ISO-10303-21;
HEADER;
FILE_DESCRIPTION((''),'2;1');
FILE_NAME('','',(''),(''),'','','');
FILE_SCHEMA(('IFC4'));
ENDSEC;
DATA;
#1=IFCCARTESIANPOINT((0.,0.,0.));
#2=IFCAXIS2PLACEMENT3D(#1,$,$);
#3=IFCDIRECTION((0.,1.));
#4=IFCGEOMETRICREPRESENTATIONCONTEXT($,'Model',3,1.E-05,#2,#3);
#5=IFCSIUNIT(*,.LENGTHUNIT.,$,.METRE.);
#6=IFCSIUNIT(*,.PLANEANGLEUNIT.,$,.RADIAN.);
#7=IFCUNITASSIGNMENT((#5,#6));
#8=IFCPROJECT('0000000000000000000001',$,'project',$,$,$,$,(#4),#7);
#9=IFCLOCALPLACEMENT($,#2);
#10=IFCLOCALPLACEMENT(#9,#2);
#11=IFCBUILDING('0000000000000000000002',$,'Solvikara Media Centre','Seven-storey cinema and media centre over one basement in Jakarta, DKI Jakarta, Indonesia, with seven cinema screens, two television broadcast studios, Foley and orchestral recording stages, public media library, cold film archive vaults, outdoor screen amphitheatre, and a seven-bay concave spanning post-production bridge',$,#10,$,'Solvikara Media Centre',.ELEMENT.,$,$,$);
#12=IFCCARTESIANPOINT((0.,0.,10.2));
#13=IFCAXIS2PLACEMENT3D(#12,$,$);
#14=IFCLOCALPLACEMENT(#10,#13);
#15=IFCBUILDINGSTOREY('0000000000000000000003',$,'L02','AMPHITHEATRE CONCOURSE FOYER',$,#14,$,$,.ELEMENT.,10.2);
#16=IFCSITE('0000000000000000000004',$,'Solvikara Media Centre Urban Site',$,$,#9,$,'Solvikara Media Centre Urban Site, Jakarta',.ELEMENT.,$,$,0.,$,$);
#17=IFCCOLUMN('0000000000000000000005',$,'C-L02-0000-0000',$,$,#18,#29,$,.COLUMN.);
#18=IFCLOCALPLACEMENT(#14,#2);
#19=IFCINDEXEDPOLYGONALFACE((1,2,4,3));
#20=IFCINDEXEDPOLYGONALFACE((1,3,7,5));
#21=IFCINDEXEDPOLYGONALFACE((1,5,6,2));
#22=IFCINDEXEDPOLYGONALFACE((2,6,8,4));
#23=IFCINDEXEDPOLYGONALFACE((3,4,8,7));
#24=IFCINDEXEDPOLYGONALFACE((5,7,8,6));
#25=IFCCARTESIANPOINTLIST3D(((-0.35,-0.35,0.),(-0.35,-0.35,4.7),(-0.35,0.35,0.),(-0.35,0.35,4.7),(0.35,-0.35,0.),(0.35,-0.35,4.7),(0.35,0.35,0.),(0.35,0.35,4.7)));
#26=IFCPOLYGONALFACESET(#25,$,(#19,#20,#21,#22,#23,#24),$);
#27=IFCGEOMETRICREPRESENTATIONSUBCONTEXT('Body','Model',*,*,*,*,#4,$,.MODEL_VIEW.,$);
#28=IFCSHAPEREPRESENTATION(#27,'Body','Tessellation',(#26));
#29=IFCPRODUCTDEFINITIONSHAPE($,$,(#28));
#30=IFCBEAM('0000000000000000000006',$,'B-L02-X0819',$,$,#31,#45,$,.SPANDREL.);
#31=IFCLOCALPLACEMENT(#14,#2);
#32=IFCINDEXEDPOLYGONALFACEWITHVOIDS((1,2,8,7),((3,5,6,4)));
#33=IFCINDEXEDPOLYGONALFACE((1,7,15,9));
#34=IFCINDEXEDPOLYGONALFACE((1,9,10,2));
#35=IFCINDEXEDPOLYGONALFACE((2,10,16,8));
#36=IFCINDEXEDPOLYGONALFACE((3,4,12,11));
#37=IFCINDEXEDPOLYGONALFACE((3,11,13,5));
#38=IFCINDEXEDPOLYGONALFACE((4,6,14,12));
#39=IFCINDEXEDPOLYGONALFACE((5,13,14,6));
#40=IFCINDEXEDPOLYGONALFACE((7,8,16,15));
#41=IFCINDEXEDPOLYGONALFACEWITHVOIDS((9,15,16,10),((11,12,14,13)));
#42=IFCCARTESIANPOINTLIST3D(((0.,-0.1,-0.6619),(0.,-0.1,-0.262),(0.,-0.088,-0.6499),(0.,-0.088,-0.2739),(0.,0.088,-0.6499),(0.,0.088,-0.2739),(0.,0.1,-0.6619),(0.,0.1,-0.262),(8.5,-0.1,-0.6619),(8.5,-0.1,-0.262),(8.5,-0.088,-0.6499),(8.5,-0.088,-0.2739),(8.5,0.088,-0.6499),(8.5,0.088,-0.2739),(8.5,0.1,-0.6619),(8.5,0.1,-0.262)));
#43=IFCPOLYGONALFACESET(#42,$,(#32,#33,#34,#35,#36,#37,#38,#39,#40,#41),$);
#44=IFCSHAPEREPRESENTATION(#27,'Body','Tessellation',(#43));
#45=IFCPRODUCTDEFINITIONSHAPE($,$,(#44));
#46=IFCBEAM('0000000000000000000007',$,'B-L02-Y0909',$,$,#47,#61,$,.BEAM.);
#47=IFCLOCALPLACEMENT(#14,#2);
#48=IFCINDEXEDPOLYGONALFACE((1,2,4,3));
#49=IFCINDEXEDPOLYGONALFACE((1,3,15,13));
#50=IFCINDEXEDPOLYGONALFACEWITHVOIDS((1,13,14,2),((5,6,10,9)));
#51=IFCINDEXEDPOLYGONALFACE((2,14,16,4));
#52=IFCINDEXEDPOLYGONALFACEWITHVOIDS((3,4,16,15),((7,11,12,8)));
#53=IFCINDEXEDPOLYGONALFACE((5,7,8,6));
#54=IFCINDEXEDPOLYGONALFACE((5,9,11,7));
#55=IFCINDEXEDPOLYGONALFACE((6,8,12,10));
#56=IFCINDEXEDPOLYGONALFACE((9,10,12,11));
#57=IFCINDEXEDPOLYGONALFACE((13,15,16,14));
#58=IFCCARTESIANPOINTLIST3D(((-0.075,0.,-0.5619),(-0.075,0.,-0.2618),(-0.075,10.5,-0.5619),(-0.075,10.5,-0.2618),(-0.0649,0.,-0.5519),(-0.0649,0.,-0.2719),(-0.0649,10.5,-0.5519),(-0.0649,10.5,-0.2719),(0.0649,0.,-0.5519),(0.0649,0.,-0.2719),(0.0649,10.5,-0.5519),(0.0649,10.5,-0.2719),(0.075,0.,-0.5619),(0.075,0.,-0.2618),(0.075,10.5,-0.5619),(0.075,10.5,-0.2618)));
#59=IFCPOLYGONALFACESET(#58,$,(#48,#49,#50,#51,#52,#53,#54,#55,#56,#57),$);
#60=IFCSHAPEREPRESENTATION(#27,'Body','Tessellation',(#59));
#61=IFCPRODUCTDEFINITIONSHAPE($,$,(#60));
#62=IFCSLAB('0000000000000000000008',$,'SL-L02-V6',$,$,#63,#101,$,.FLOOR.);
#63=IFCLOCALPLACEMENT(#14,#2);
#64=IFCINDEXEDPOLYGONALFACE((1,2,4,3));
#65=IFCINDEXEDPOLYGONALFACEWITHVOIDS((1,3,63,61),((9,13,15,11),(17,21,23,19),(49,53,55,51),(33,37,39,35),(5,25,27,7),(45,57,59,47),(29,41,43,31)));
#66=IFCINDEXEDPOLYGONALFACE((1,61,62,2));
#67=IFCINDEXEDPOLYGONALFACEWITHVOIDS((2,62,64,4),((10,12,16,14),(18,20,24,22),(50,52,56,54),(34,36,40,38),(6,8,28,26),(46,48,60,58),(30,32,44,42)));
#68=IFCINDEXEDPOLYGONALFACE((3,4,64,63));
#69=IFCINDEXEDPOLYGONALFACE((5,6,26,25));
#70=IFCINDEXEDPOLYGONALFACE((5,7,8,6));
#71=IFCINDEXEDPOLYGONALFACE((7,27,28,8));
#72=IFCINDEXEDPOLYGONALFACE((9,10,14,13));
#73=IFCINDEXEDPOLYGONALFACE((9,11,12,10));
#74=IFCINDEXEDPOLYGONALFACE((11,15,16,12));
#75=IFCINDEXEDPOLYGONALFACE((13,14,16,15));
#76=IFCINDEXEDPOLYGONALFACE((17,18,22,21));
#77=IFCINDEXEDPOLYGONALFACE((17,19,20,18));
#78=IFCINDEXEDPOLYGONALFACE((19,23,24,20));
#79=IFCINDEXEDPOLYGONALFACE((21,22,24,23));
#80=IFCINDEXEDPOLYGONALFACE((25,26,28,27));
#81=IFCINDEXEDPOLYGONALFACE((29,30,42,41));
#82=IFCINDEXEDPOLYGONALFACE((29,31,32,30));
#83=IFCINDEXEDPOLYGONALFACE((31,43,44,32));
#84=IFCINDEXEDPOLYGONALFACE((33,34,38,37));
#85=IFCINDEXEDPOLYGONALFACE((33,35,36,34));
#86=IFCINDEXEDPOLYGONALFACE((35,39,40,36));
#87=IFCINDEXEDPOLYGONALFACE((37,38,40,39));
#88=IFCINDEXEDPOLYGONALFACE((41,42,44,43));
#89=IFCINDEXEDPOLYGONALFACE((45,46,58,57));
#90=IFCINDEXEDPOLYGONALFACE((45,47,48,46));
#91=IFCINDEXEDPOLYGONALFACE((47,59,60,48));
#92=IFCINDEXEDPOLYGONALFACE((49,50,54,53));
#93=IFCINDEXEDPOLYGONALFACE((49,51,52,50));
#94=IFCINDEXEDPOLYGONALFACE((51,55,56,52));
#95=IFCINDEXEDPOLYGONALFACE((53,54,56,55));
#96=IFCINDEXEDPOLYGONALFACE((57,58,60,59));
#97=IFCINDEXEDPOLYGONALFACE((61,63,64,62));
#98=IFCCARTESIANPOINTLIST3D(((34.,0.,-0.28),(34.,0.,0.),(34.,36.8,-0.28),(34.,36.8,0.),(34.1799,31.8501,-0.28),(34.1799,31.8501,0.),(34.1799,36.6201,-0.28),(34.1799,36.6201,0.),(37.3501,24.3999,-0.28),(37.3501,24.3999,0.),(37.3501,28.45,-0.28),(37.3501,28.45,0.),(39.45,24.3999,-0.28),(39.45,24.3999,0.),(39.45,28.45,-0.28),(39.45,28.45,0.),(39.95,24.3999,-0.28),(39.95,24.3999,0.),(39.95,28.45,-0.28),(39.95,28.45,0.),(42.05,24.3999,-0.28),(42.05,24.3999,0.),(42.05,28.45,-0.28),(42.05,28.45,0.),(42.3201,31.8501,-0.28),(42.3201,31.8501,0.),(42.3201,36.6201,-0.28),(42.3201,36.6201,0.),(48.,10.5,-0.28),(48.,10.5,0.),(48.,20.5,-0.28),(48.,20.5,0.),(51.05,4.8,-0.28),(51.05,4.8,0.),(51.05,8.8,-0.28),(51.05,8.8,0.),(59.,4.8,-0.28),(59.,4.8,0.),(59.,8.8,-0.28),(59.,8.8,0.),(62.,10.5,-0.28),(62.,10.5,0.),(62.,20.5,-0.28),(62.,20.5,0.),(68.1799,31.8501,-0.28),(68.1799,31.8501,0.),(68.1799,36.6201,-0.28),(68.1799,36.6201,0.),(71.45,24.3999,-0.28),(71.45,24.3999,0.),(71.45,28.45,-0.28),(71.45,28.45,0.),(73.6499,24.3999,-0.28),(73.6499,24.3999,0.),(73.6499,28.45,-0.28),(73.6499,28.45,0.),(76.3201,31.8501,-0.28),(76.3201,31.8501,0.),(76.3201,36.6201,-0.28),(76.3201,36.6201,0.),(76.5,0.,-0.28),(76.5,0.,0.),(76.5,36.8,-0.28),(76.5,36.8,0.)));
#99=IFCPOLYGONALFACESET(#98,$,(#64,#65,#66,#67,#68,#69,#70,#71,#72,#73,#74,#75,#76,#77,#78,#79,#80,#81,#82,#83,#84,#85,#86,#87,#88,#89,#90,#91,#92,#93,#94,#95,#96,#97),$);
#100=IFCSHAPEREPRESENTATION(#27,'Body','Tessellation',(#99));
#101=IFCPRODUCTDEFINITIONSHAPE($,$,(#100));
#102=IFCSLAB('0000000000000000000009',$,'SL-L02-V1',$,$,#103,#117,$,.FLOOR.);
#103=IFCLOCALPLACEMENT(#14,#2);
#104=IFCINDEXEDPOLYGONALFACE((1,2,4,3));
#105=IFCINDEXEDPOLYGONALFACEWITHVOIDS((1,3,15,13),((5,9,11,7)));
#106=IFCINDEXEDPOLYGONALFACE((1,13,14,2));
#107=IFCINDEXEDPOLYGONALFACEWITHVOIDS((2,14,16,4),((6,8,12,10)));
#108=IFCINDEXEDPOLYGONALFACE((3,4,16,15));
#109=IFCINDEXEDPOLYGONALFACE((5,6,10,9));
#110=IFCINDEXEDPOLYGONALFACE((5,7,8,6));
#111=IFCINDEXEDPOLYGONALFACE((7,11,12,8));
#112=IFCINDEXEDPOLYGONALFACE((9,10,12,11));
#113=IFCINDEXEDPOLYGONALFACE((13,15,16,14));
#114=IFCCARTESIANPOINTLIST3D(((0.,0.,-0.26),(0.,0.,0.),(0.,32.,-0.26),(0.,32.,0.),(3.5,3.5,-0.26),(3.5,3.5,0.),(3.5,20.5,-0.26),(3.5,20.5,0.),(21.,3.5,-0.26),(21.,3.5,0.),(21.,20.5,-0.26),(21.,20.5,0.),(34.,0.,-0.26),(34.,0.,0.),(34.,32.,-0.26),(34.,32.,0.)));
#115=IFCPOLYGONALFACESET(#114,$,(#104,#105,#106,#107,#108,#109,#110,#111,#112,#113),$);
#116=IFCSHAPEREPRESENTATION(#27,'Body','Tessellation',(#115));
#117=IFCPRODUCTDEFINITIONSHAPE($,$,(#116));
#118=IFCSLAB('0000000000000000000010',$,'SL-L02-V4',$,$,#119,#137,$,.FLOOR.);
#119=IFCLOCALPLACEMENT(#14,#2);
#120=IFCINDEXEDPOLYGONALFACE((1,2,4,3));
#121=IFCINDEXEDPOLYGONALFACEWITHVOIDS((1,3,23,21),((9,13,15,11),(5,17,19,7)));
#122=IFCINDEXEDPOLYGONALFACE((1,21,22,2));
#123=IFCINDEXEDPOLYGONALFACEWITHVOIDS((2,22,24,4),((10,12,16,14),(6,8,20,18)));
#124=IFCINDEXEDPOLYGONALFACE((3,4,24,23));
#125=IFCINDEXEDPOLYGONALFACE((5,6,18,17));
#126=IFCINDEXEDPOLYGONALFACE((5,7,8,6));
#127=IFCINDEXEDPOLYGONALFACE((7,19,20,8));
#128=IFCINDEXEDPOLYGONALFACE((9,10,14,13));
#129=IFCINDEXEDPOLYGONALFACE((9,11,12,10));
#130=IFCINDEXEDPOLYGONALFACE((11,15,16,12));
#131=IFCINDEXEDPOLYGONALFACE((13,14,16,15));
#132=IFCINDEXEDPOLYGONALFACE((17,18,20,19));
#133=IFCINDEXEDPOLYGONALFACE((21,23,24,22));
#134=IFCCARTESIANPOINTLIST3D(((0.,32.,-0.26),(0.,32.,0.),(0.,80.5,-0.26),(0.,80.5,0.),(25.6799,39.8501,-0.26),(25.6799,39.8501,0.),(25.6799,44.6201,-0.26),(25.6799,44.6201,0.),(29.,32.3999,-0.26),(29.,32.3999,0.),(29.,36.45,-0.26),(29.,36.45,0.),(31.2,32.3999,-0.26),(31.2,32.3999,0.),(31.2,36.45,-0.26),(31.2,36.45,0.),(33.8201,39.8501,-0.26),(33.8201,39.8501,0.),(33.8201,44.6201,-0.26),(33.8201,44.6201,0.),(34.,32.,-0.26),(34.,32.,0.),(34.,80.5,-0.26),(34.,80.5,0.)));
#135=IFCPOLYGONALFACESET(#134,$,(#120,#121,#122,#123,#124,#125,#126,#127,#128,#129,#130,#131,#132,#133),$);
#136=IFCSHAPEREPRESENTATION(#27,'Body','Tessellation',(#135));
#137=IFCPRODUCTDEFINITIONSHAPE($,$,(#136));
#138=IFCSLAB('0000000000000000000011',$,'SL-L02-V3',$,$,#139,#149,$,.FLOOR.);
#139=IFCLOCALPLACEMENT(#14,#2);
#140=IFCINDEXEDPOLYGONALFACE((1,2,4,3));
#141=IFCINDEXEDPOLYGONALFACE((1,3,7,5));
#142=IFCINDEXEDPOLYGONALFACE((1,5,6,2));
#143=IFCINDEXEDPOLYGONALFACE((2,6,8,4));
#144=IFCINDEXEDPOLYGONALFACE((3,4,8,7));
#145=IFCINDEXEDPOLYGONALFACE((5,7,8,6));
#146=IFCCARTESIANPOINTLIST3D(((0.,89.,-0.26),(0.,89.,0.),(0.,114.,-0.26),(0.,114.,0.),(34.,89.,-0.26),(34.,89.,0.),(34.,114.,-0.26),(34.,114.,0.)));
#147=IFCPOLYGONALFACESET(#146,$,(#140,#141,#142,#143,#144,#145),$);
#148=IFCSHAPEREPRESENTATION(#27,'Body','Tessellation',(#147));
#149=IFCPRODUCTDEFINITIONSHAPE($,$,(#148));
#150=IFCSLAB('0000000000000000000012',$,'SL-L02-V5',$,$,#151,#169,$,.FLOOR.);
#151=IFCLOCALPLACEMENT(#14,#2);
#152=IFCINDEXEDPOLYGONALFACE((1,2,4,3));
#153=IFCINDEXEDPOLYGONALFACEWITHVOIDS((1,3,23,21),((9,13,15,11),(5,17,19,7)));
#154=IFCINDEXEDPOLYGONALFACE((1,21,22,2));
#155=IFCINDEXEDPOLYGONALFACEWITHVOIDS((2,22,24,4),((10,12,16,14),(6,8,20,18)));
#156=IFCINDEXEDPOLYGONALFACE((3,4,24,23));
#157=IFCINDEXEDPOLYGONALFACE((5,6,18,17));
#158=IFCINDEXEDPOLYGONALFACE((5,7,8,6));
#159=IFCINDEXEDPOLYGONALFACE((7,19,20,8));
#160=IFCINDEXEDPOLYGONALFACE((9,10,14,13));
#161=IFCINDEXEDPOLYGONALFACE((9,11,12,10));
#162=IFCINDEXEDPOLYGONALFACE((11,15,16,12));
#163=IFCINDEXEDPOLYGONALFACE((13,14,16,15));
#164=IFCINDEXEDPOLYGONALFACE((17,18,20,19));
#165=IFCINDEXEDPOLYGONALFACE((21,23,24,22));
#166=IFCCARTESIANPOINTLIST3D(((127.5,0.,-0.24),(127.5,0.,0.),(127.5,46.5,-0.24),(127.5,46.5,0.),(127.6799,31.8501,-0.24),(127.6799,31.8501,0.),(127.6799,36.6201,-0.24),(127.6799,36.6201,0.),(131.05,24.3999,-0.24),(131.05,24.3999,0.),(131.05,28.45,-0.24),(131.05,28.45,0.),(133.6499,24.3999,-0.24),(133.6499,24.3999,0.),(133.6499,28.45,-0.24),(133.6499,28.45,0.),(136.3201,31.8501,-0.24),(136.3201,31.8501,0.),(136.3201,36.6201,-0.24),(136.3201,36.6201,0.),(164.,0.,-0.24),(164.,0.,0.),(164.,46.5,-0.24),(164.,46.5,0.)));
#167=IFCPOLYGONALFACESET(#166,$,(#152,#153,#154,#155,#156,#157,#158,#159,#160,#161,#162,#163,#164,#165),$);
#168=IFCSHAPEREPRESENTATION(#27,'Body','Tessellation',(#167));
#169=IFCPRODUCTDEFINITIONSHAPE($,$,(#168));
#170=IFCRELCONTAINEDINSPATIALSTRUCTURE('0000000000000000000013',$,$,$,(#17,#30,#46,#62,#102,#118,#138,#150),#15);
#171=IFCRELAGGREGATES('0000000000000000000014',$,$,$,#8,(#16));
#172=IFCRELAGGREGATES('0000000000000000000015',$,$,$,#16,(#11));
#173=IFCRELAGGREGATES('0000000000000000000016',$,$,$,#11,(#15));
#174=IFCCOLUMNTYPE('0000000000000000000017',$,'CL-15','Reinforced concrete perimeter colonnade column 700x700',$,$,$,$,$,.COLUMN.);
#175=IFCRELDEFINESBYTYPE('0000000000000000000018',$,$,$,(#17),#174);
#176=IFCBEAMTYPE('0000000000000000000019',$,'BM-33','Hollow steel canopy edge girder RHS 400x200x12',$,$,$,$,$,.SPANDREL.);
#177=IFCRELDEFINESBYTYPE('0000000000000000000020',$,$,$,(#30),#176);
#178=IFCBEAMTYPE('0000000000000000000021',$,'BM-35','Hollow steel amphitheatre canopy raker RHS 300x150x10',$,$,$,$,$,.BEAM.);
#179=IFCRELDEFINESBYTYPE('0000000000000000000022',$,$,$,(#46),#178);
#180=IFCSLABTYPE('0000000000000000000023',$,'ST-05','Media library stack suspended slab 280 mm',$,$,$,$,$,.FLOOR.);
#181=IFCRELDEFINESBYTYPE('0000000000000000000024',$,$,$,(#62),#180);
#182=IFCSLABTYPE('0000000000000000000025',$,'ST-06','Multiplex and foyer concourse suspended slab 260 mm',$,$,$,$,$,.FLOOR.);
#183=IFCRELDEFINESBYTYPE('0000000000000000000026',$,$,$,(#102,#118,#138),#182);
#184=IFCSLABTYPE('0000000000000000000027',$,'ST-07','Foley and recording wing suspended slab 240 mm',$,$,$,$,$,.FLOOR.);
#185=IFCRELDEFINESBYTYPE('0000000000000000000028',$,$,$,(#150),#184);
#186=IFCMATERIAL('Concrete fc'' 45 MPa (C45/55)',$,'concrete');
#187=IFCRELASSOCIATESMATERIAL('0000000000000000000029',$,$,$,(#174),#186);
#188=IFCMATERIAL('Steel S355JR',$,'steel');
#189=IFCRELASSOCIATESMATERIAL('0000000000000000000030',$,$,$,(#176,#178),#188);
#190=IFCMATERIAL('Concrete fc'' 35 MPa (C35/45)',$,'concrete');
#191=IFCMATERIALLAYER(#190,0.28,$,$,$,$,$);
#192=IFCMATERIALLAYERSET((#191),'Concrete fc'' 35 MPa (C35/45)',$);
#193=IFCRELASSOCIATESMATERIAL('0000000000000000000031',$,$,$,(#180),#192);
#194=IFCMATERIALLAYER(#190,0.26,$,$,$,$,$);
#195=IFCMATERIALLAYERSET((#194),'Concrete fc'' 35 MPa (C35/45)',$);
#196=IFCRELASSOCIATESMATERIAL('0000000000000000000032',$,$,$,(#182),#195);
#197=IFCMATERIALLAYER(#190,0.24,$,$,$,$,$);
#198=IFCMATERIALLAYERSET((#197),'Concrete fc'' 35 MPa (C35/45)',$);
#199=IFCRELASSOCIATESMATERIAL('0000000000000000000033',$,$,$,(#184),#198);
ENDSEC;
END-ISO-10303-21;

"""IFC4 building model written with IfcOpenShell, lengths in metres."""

from ifc_helpers import new_model, si_unit, direction, frame, origin, origin_with_axes, origin_2d, place, context, subcontext, project, spatial, polyline, rectangle, hollow_rectangle, outline, extrude, material, layer, layer_set, material_profile, profile_set, type_object, element, save


model = new_model("IFC4")

# Units and contexts
model_context = context("Model", 3, precision=1e-05, world=origin(), true_north=direction((0.0, 1.0)))
body_context = subcontext(model_context, "Body", "Model", "MODEL_VIEW")
ifc_project = project(units=[si_unit("LENGTHUNIT", "METRE"), si_unit("PLANEANGLEUNIT", "RADIAN")], contexts=[model_context])

# Site, building, storey
site_placement = place(None, origin())
site = spatial("IfcSite", under=ifc_project, at=site_placement, Name="Solvikara Media Centre Urban Site", LongName="Solvikara Media Centre Urban Site, Jakarta", CompositionType="ELEMENT", RefElevation=0.0)
building_placement = place(site_placement, origin())
building = spatial("IfcBuilding", under=site, at=building_placement, Name="Solvikara Media Centre", Description="Seven-storey cinema and media centre over one basement in Jakarta, DKI Jakarta, Indonesia, with seven cinema screens, two television broadcast studios, Foley and orchestral recording stages, public media library, cold film archive vaults, outdoor screen amphitheatre, and a seven-bay concave spanning post-production bridge", LongName="Solvikara Media Centre", CompositionType="ELEMENT")
storey_placement = place(building_placement, frame((0.0, 0.0, 10.2)))
storey = spatial("IfcBuildingStorey", under=building, at=storey_placement, Name="L02", Description="AMPHITHEATRE CONCOURSE FOYER", CompositionType="ELEMENT", Elevation=10.2)

# Column
ifc_material_1 = material(Name="Concrete fc' 45 MPa (C45/55)", Category="concrete")
ifc_material_profile_1 = material_profile(ifc_material_1, rectangle(XDim=0.7, YDim=0.7, at=origin_2d()), Name="RC 700x700")
ifc_profile_set_1 = profile_set([ifc_material_profile_1], Name="Concrete fc' 45 MPa (C45/55)")
column_type = type_object("IfcColumnType", Name="CL-15", Description="Reinforced concrete perimeter colonnade column 700x700", PredefinedType="COLUMN", material=ifc_profile_set_1)
column_placement = place(storey_placement, origin_with_axes())
element("IfcColumn", 1, at=column_placement, inside=storey, type_object=column_type, Name="C-L02-0000-0000", PredefinedType="COLUMN", context=body_context, shape_type="SweptSolid", body=[
    extrude(rectangle(XDim=0.7, YDim=0.7, at=origin_2d()), origin(), (0.0, 0.0, 1.0), 4.7),
])

# Beams
ifc_material_2 = material(Name="Steel S355JR", Category="steel")
ifc_material_profile_2 = material_profile(ifc_material_2, hollow_rectangle(XDim=0.2, YDim=0.3999, WallThickness=0.012, at=origin_2d()), Name="RHS 400x200x12")
ifc_profile_set_2 = profile_set([ifc_material_profile_2], Name="Steel S355JR")
beam_type_1 = type_object("IfcBeamType", Name="BM-33", Description="Hollow steel canopy edge girder RHS 400x200x12", PredefinedType="SPANDREL", material=ifc_profile_set_2)
beam_1_placement = place(storey_placement, frame((0.0, 0.0, -0.4619), z_axis=(1.0, 0.0, 0.0), x_axis=(0.0, 1.0, 0.0)))
element("IfcBeam", 2, at=beam_1_placement, inside=storey, type_object=beam_type_1, Name="B-L02-X0819", PredefinedType="SPANDREL", context=body_context, shape_type="SweptSolid", body=[
    extrude(hollow_rectangle(XDim=0.2, YDim=0.3999, WallThickness=0.012, at=origin_2d()), origin(), (0.0, 0.0, 1.0), 8.5),
])
ifc_material_profile_3 = material_profile(ifc_material_2, hollow_rectangle(XDim=0.1499, YDim=0.3, WallThickness=0.01, at=origin_2d()), Name="RHS 300x150x10")
ifc_profile_set_3 = profile_set([ifc_material_profile_3], Name="Steel S355JR")
beam_type_2 = type_object("IfcBeamType", Name="BM-35", Description="Hollow steel amphitheatre canopy raker RHS 300x150x10", PredefinedType="BEAM", material=ifc_profile_set_3)
beam_2_placement = place(storey_placement, frame((0.0, 0.0, -0.4119), z_axis=(0.0, 1.0, 0.0), x_axis=(-1.0, 0.0, 0.0)))
element("IfcBeam", 3, at=beam_2_placement, inside=storey, type_object=beam_type_2, Name="B-L02-Y0909", PredefinedType="BEAM", context=body_context, shape_type="SweptSolid", body=[
    extrude(hollow_rectangle(XDim=0.1499, YDim=0.3, WallThickness=0.01, at=origin_2d()), origin(), (0.0, 0.0, 1.0), 10.5),
])

# Slabs
ifc_material_3 = material(Name="Concrete fc' 35 MPa (C35/45)", Category="concrete")
ifc_layer_1 = layer(ifc_material_3, 0.28)
ifc_layer_set_1 = layer_set([ifc_layer_1], Name="Concrete fc' 35 MPa (C35/45)")
slab_type_1 = type_object("IfcSlabType", Name="ST-05", Description="Media library stack suspended slab 280 mm", PredefinedType="FLOOR", material=ifc_layer_set_1)
slab_1_placement = place(storey_placement, frame((0.0, 0.0, -0.28)))
element("IfcSlab", 4, at=slab_1_placement, inside=storey, type_object=slab_type_1, Name="SL-L02-V6", PredefinedType="FLOOR", context=body_context, shape_type="SweptSolid", body=[
    extrude(outline(polyline([(34.0, 0.0), (76.5, 0.0), (76.5, 36.8), (34.0, 36.8), (34.0, 0.0)]), holes=[polyline([(34.1799, 31.8501), (42.3201, 31.8501), (42.3201, 36.6201), (34.1799, 36.6201), (34.1799, 31.8501)]), polyline([(37.3501, 24.3999), (39.45, 24.3999), (39.45, 28.45), (37.3501, 28.45), (37.3501, 24.3999)]), polyline([(39.95, 24.3999), (42.05, 24.3999), (42.05, 28.45), (39.95, 28.45), (39.95, 24.3999)]), polyline([(68.1799, 31.8501), (76.3201, 31.8501), (76.3201, 36.6201), (68.1799, 36.6201), (68.1799, 31.8501)]), polyline([(71.45, 24.3999), (73.6499, 24.3999), (73.6499, 28.45), (71.45, 28.45), (71.45, 24.3999)]), polyline([(51.05, 4.8), (59.0, 4.8), (59.0, 8.8), (51.05, 8.8), (51.05, 4.8)]), polyline([(48.0, 10.5), (62.0, 10.5), (62.0, 20.5), (48.0, 20.5), (48.0, 10.5)])]), origin(), (0.0, 0.0, 1.0), 0.28),
])
ifc_layer_2 = layer(ifc_material_3, 0.26)
ifc_layer_set_2 = layer_set([ifc_layer_2], Name="Concrete fc' 35 MPa (C35/45)")
slab_type_2 = type_object("IfcSlabType", Name="ST-06", Description="Multiplex and foyer concourse suspended slab 260 mm", PredefinedType="FLOOR", material=ifc_layer_set_2)
slab_2_placement = place(storey_placement, frame((0.0, 0.0, -0.26)))
element("IfcSlab", 5, at=slab_2_placement, inside=storey, type_object=slab_type_2, Name="SL-L02-V1", PredefinedType="FLOOR", context=body_context, shape_type="SweptSolid", body=[
    extrude(outline(polyline([(0.0, 0.0), (34.0, 0.0), (34.0, 32.0), (0.0, 32.0), (0.0, 0.0)]), holes=[polyline([(3.5, 3.5), (21.0, 3.5), (21.0, 20.5), (3.5, 20.5), (3.5, 3.5)])]), origin(), (0.0, 0.0, 1.0), 0.26),
])
slab_3_placement = place(storey_placement, frame((0.0, 0.0, -0.26)))
element("IfcSlab", 6, at=slab_3_placement, inside=storey, type_object=slab_type_2, Name="SL-L02-V4", PredefinedType="FLOOR", context=body_context, shape_type="SweptSolid", body=[
    extrude(outline(polyline([(0.0, 32.0), (34.0, 32.0), (34.0, 80.5), (0.0, 80.5), (0.0, 32.0)]), holes=[polyline([(25.6799, 39.8501), (33.8201, 39.8501), (33.8201, 44.6201), (25.6799, 44.6201), (25.6799, 39.8501)]), polyline([(29.0, 32.3999), (31.2, 32.3999), (31.2, 36.45), (29.0, 36.45), (29.0, 32.3999)])]), origin(), (0.0, 0.0, 1.0), 0.26),
])
slab_4_placement = place(storey_placement, frame((0.0, 0.0, -0.26)))
element("IfcSlab", 7, at=slab_4_placement, inside=storey, type_object=slab_type_2, Name="SL-L02-V3", PredefinedType="FLOOR", context=body_context, shape_type="SweptSolid", body=[
    extrude(outline(polyline([(0.0, 89.0), (34.0, 89.0), (34.0, 114.0), (0.0, 114.0), (0.0, 89.0)])), origin(), (0.0, 0.0, 1.0), 0.26),
])
ifc_layer_3 = layer(ifc_material_3, 0.24)
ifc_layer_set_3 = layer_set([ifc_layer_3], Name="Concrete fc' 35 MPa (C35/45)")
slab_type_3 = type_object("IfcSlabType", Name="ST-07", Description="Foley and recording wing suspended slab 240 mm", PredefinedType="FLOOR", material=ifc_layer_set_3)
slab_5_placement = place(storey_placement, frame((0.0, 0.0, -0.24)))
element("IfcSlab", 8, at=slab_5_placement, inside=storey, type_object=slab_type_3, Name="SL-L02-V5", PredefinedType="FLOOR", context=body_context, shape_type="SweptSolid", body=[
    extrude(outline(polyline([(127.5, 0.0), (164.0, 0.0), (164.0, 46.5), (127.5, 46.5), (127.5, 0.0)]), holes=[polyline([(127.6799, 31.8501), (136.3201, 31.8501), (136.3201, 36.6201), (127.6799, 36.6201), (127.6799, 31.8501)]), polyline([(131.05, 24.3999), (133.6499, 24.3999), (133.6499, 28.45), (131.05, 28.45), (131.05, 24.3999)])]), origin(), (0.0, 0.0, 1.0), 0.24),
])

save(model, "model.ifc")
